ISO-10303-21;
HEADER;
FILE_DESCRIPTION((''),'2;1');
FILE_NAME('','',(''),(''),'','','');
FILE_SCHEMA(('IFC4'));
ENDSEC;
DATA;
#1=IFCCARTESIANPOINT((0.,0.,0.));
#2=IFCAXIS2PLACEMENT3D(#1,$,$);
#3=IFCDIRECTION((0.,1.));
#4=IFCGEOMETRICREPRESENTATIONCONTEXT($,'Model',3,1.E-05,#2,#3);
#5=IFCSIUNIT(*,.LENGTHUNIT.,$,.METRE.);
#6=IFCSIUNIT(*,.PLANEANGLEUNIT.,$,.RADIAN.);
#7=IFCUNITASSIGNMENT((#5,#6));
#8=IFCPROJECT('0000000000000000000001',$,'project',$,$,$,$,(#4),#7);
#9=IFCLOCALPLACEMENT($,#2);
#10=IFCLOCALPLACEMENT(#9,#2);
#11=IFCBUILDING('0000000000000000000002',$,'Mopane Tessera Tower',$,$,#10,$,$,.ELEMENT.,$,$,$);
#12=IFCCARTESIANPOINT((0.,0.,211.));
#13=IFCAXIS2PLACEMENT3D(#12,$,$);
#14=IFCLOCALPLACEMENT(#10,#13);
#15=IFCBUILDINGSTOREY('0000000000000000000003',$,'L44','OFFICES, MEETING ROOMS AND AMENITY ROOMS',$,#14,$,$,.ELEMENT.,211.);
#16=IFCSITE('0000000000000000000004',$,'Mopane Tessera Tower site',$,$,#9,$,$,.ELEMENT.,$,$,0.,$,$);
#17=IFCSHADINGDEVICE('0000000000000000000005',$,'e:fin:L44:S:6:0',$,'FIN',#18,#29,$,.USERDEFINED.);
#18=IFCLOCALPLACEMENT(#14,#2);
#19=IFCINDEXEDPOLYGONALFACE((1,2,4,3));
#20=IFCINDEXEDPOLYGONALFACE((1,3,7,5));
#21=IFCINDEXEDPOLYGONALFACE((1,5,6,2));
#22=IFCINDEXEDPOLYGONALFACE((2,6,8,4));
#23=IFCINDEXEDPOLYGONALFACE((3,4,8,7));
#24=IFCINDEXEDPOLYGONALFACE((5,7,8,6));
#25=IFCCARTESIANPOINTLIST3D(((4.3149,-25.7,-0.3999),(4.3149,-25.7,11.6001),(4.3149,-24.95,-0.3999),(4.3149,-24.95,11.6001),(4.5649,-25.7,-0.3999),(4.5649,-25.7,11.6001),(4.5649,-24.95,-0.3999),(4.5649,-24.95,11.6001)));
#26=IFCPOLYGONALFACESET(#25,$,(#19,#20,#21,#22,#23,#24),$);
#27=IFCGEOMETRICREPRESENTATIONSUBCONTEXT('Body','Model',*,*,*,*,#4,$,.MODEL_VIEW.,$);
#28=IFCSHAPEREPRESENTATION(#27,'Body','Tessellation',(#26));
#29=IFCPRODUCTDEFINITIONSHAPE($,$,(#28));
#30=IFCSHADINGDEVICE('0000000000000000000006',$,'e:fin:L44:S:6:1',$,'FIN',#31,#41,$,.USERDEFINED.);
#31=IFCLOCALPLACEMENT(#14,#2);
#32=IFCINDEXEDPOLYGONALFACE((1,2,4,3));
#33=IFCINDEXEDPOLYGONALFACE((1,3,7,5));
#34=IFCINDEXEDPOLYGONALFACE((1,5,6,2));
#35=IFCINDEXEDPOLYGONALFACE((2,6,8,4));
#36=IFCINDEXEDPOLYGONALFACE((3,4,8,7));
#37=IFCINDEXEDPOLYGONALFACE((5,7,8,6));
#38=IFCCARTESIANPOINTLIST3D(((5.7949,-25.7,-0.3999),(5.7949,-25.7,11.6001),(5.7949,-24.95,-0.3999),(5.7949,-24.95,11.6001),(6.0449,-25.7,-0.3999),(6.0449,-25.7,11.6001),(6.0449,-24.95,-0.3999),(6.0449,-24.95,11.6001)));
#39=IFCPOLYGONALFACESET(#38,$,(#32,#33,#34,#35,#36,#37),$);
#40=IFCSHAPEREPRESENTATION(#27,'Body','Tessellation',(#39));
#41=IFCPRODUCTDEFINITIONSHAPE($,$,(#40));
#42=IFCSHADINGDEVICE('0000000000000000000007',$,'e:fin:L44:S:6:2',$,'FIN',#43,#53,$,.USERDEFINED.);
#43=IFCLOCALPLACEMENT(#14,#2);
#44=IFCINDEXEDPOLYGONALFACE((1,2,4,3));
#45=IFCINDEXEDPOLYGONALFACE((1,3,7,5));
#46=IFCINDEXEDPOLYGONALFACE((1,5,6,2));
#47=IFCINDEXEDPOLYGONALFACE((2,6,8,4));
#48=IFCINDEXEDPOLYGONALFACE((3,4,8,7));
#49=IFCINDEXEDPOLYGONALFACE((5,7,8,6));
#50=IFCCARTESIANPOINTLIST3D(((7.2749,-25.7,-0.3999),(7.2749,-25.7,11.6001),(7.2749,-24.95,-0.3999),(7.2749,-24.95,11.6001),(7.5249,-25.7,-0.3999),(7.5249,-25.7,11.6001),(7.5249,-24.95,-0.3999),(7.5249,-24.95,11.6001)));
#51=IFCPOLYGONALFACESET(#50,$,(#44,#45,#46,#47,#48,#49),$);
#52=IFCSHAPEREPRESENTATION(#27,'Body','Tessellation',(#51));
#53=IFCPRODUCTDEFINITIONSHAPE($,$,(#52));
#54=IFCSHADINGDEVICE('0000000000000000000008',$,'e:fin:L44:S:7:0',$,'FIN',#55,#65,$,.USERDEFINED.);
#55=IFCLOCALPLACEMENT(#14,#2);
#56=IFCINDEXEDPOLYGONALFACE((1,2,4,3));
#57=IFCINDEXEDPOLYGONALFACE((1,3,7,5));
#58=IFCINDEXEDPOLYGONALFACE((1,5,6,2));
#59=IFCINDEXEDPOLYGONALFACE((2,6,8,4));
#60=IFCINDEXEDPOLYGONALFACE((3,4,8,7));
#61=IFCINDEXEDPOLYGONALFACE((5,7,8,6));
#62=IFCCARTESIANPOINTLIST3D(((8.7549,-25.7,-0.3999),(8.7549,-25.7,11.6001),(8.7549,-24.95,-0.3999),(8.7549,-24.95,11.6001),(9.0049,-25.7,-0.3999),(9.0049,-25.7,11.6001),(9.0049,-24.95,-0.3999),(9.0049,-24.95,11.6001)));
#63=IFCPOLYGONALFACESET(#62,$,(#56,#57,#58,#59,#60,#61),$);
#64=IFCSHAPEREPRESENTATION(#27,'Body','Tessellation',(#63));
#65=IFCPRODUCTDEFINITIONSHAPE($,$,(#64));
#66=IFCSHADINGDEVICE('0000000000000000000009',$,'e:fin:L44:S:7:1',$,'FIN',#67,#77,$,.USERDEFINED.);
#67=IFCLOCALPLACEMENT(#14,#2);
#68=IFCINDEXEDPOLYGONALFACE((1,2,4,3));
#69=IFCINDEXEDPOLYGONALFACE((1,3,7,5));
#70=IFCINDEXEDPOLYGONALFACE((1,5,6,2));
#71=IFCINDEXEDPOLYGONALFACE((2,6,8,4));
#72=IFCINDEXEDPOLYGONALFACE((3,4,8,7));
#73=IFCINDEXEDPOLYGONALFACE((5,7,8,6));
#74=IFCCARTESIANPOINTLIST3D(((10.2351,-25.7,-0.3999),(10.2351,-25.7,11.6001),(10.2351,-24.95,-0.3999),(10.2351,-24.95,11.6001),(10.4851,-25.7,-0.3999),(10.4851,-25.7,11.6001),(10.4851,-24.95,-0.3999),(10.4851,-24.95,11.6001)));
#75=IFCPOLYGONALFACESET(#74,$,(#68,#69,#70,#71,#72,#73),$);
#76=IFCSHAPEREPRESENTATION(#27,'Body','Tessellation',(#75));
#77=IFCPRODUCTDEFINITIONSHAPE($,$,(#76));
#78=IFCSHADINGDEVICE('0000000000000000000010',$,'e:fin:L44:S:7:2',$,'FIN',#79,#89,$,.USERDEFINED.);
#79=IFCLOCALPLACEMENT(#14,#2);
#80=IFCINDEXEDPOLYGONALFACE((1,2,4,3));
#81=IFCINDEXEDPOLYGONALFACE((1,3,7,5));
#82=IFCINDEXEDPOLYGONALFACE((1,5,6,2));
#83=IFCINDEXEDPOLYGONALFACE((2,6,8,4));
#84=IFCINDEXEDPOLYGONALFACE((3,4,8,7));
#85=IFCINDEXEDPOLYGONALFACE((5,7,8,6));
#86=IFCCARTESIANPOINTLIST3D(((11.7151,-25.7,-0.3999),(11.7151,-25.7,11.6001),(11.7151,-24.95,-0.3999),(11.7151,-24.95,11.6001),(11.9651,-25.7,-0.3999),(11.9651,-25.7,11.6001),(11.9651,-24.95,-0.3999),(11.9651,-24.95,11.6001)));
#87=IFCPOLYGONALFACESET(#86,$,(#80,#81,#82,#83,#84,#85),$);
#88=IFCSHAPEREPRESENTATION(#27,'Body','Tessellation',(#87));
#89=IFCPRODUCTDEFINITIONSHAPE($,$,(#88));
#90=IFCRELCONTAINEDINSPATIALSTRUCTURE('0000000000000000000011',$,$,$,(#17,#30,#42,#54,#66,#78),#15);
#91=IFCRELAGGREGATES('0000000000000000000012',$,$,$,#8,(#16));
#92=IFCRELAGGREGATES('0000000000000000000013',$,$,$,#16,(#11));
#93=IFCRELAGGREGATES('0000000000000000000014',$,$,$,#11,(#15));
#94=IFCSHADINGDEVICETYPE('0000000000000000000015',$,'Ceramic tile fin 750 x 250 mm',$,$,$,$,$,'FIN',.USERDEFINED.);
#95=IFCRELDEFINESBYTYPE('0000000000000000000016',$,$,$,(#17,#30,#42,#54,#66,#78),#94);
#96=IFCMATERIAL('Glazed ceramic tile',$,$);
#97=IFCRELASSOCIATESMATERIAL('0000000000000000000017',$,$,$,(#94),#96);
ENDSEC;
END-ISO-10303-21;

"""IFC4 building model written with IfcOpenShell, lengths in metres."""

from ifc_helpers import new_model, si_unit, direction, frame, origin, origin_2d, place, context, subcontext, project, spatial, rectangle, extrude, material, type_object, element, save


model = new_model("IFC4")

# Units and contexts
model_context = context("Model", 3, precision=1e-05, world=origin(), true_north=direction((0.0, 1.0)))
body_context = subcontext(model_context, "Body", "Model", "MODEL_VIEW")
ifc_project = project(units=[si_unit("LENGTHUNIT", "METRE"), si_unit("PLANEANGLEUNIT", "RADIAN")], contexts=[model_context])

# Site, building, storey
site_placement = place(None, origin())
site = spatial("IfcSite", under=ifc_project, at=site_placement, Name="Mopane Tessera Tower site", CompositionType="ELEMENT", RefElevation=0.0)
building_placement = place(site_placement, origin())
building = spatial("IfcBuilding", under=site, at=building_placement, Name="Mopane Tessera Tower", CompositionType="ELEMENT")
storey_placement = place(building_placement, frame((0.0, 0.0, 211.0)))
storey = spatial("IfcBuildingStorey", under=building, at=storey_placement, Name="L44", Description="OFFICES, MEETING ROOMS AND AMENITY ROOMS", CompositionType="ELEMENT", Elevation=211.0)

# Shading devices
ifc_material_1 = material(Name="Glazed ceramic tile")
shading_device_type = type_object("IfcShadingDeviceType", Name="Ceramic tile fin 750 x 250 mm", ElementType="FIN", PredefinedType="USERDEFINED", material=ifc_material_1)
for number, where, z_axis, x_axis, name in (
    (1, (4.4399, -25.325, -0.3999), (0.0, 0.0, 1.0), (1.0, 0.0, 0.0), "e:fin:L44:S:6:0"),
    (2, (5.9199, -25.325, -0.3999), (0.0, 0.0, 1.0), (1.0, 0.0, 0.0), "e:fin:L44:S:6:1"),
    (3, (7.3999, -25.325, -0.3999), (0.0, 0.0, 1.0), (1.0, 0.0, 0.0), "e:fin:L44:S:6:2"),
    (4, (8.8799, -25.325, -0.3999), (0.0, 0.0, 1.0), (1.0, 0.0, 0.0), "e:fin:L44:S:7:0"),
    (5, (10.3601, -25.325, -0.3999), (0.0, 0.0, 1.0), (1.0, 0.0, 0.0), "e:fin:L44:S:7:1"),
    (6, (11.8401, -25.325, -0.3999), (0.0, 0.0, 1.0), (1.0, 0.0, 0.0), "e:fin:L44:S:7:2"),
):
    element("IfcShadingDevice", number, at=place(storey_placement, frame(where, z_axis=z_axis, x_axis=x_axis)), inside=storey, type_object=shading_device_type, Name=name, ObjectType="FIN", PredefinedType="USERDEFINED", context=body_context, shape_type="SweptSolid", body=[
        extrude(rectangle(XDim=0.25, YDim=0.75, at=origin_2d()), origin(), (0.0, 0.0, 1.0), 12.0),
    ])

save(model, "model.ifc")
